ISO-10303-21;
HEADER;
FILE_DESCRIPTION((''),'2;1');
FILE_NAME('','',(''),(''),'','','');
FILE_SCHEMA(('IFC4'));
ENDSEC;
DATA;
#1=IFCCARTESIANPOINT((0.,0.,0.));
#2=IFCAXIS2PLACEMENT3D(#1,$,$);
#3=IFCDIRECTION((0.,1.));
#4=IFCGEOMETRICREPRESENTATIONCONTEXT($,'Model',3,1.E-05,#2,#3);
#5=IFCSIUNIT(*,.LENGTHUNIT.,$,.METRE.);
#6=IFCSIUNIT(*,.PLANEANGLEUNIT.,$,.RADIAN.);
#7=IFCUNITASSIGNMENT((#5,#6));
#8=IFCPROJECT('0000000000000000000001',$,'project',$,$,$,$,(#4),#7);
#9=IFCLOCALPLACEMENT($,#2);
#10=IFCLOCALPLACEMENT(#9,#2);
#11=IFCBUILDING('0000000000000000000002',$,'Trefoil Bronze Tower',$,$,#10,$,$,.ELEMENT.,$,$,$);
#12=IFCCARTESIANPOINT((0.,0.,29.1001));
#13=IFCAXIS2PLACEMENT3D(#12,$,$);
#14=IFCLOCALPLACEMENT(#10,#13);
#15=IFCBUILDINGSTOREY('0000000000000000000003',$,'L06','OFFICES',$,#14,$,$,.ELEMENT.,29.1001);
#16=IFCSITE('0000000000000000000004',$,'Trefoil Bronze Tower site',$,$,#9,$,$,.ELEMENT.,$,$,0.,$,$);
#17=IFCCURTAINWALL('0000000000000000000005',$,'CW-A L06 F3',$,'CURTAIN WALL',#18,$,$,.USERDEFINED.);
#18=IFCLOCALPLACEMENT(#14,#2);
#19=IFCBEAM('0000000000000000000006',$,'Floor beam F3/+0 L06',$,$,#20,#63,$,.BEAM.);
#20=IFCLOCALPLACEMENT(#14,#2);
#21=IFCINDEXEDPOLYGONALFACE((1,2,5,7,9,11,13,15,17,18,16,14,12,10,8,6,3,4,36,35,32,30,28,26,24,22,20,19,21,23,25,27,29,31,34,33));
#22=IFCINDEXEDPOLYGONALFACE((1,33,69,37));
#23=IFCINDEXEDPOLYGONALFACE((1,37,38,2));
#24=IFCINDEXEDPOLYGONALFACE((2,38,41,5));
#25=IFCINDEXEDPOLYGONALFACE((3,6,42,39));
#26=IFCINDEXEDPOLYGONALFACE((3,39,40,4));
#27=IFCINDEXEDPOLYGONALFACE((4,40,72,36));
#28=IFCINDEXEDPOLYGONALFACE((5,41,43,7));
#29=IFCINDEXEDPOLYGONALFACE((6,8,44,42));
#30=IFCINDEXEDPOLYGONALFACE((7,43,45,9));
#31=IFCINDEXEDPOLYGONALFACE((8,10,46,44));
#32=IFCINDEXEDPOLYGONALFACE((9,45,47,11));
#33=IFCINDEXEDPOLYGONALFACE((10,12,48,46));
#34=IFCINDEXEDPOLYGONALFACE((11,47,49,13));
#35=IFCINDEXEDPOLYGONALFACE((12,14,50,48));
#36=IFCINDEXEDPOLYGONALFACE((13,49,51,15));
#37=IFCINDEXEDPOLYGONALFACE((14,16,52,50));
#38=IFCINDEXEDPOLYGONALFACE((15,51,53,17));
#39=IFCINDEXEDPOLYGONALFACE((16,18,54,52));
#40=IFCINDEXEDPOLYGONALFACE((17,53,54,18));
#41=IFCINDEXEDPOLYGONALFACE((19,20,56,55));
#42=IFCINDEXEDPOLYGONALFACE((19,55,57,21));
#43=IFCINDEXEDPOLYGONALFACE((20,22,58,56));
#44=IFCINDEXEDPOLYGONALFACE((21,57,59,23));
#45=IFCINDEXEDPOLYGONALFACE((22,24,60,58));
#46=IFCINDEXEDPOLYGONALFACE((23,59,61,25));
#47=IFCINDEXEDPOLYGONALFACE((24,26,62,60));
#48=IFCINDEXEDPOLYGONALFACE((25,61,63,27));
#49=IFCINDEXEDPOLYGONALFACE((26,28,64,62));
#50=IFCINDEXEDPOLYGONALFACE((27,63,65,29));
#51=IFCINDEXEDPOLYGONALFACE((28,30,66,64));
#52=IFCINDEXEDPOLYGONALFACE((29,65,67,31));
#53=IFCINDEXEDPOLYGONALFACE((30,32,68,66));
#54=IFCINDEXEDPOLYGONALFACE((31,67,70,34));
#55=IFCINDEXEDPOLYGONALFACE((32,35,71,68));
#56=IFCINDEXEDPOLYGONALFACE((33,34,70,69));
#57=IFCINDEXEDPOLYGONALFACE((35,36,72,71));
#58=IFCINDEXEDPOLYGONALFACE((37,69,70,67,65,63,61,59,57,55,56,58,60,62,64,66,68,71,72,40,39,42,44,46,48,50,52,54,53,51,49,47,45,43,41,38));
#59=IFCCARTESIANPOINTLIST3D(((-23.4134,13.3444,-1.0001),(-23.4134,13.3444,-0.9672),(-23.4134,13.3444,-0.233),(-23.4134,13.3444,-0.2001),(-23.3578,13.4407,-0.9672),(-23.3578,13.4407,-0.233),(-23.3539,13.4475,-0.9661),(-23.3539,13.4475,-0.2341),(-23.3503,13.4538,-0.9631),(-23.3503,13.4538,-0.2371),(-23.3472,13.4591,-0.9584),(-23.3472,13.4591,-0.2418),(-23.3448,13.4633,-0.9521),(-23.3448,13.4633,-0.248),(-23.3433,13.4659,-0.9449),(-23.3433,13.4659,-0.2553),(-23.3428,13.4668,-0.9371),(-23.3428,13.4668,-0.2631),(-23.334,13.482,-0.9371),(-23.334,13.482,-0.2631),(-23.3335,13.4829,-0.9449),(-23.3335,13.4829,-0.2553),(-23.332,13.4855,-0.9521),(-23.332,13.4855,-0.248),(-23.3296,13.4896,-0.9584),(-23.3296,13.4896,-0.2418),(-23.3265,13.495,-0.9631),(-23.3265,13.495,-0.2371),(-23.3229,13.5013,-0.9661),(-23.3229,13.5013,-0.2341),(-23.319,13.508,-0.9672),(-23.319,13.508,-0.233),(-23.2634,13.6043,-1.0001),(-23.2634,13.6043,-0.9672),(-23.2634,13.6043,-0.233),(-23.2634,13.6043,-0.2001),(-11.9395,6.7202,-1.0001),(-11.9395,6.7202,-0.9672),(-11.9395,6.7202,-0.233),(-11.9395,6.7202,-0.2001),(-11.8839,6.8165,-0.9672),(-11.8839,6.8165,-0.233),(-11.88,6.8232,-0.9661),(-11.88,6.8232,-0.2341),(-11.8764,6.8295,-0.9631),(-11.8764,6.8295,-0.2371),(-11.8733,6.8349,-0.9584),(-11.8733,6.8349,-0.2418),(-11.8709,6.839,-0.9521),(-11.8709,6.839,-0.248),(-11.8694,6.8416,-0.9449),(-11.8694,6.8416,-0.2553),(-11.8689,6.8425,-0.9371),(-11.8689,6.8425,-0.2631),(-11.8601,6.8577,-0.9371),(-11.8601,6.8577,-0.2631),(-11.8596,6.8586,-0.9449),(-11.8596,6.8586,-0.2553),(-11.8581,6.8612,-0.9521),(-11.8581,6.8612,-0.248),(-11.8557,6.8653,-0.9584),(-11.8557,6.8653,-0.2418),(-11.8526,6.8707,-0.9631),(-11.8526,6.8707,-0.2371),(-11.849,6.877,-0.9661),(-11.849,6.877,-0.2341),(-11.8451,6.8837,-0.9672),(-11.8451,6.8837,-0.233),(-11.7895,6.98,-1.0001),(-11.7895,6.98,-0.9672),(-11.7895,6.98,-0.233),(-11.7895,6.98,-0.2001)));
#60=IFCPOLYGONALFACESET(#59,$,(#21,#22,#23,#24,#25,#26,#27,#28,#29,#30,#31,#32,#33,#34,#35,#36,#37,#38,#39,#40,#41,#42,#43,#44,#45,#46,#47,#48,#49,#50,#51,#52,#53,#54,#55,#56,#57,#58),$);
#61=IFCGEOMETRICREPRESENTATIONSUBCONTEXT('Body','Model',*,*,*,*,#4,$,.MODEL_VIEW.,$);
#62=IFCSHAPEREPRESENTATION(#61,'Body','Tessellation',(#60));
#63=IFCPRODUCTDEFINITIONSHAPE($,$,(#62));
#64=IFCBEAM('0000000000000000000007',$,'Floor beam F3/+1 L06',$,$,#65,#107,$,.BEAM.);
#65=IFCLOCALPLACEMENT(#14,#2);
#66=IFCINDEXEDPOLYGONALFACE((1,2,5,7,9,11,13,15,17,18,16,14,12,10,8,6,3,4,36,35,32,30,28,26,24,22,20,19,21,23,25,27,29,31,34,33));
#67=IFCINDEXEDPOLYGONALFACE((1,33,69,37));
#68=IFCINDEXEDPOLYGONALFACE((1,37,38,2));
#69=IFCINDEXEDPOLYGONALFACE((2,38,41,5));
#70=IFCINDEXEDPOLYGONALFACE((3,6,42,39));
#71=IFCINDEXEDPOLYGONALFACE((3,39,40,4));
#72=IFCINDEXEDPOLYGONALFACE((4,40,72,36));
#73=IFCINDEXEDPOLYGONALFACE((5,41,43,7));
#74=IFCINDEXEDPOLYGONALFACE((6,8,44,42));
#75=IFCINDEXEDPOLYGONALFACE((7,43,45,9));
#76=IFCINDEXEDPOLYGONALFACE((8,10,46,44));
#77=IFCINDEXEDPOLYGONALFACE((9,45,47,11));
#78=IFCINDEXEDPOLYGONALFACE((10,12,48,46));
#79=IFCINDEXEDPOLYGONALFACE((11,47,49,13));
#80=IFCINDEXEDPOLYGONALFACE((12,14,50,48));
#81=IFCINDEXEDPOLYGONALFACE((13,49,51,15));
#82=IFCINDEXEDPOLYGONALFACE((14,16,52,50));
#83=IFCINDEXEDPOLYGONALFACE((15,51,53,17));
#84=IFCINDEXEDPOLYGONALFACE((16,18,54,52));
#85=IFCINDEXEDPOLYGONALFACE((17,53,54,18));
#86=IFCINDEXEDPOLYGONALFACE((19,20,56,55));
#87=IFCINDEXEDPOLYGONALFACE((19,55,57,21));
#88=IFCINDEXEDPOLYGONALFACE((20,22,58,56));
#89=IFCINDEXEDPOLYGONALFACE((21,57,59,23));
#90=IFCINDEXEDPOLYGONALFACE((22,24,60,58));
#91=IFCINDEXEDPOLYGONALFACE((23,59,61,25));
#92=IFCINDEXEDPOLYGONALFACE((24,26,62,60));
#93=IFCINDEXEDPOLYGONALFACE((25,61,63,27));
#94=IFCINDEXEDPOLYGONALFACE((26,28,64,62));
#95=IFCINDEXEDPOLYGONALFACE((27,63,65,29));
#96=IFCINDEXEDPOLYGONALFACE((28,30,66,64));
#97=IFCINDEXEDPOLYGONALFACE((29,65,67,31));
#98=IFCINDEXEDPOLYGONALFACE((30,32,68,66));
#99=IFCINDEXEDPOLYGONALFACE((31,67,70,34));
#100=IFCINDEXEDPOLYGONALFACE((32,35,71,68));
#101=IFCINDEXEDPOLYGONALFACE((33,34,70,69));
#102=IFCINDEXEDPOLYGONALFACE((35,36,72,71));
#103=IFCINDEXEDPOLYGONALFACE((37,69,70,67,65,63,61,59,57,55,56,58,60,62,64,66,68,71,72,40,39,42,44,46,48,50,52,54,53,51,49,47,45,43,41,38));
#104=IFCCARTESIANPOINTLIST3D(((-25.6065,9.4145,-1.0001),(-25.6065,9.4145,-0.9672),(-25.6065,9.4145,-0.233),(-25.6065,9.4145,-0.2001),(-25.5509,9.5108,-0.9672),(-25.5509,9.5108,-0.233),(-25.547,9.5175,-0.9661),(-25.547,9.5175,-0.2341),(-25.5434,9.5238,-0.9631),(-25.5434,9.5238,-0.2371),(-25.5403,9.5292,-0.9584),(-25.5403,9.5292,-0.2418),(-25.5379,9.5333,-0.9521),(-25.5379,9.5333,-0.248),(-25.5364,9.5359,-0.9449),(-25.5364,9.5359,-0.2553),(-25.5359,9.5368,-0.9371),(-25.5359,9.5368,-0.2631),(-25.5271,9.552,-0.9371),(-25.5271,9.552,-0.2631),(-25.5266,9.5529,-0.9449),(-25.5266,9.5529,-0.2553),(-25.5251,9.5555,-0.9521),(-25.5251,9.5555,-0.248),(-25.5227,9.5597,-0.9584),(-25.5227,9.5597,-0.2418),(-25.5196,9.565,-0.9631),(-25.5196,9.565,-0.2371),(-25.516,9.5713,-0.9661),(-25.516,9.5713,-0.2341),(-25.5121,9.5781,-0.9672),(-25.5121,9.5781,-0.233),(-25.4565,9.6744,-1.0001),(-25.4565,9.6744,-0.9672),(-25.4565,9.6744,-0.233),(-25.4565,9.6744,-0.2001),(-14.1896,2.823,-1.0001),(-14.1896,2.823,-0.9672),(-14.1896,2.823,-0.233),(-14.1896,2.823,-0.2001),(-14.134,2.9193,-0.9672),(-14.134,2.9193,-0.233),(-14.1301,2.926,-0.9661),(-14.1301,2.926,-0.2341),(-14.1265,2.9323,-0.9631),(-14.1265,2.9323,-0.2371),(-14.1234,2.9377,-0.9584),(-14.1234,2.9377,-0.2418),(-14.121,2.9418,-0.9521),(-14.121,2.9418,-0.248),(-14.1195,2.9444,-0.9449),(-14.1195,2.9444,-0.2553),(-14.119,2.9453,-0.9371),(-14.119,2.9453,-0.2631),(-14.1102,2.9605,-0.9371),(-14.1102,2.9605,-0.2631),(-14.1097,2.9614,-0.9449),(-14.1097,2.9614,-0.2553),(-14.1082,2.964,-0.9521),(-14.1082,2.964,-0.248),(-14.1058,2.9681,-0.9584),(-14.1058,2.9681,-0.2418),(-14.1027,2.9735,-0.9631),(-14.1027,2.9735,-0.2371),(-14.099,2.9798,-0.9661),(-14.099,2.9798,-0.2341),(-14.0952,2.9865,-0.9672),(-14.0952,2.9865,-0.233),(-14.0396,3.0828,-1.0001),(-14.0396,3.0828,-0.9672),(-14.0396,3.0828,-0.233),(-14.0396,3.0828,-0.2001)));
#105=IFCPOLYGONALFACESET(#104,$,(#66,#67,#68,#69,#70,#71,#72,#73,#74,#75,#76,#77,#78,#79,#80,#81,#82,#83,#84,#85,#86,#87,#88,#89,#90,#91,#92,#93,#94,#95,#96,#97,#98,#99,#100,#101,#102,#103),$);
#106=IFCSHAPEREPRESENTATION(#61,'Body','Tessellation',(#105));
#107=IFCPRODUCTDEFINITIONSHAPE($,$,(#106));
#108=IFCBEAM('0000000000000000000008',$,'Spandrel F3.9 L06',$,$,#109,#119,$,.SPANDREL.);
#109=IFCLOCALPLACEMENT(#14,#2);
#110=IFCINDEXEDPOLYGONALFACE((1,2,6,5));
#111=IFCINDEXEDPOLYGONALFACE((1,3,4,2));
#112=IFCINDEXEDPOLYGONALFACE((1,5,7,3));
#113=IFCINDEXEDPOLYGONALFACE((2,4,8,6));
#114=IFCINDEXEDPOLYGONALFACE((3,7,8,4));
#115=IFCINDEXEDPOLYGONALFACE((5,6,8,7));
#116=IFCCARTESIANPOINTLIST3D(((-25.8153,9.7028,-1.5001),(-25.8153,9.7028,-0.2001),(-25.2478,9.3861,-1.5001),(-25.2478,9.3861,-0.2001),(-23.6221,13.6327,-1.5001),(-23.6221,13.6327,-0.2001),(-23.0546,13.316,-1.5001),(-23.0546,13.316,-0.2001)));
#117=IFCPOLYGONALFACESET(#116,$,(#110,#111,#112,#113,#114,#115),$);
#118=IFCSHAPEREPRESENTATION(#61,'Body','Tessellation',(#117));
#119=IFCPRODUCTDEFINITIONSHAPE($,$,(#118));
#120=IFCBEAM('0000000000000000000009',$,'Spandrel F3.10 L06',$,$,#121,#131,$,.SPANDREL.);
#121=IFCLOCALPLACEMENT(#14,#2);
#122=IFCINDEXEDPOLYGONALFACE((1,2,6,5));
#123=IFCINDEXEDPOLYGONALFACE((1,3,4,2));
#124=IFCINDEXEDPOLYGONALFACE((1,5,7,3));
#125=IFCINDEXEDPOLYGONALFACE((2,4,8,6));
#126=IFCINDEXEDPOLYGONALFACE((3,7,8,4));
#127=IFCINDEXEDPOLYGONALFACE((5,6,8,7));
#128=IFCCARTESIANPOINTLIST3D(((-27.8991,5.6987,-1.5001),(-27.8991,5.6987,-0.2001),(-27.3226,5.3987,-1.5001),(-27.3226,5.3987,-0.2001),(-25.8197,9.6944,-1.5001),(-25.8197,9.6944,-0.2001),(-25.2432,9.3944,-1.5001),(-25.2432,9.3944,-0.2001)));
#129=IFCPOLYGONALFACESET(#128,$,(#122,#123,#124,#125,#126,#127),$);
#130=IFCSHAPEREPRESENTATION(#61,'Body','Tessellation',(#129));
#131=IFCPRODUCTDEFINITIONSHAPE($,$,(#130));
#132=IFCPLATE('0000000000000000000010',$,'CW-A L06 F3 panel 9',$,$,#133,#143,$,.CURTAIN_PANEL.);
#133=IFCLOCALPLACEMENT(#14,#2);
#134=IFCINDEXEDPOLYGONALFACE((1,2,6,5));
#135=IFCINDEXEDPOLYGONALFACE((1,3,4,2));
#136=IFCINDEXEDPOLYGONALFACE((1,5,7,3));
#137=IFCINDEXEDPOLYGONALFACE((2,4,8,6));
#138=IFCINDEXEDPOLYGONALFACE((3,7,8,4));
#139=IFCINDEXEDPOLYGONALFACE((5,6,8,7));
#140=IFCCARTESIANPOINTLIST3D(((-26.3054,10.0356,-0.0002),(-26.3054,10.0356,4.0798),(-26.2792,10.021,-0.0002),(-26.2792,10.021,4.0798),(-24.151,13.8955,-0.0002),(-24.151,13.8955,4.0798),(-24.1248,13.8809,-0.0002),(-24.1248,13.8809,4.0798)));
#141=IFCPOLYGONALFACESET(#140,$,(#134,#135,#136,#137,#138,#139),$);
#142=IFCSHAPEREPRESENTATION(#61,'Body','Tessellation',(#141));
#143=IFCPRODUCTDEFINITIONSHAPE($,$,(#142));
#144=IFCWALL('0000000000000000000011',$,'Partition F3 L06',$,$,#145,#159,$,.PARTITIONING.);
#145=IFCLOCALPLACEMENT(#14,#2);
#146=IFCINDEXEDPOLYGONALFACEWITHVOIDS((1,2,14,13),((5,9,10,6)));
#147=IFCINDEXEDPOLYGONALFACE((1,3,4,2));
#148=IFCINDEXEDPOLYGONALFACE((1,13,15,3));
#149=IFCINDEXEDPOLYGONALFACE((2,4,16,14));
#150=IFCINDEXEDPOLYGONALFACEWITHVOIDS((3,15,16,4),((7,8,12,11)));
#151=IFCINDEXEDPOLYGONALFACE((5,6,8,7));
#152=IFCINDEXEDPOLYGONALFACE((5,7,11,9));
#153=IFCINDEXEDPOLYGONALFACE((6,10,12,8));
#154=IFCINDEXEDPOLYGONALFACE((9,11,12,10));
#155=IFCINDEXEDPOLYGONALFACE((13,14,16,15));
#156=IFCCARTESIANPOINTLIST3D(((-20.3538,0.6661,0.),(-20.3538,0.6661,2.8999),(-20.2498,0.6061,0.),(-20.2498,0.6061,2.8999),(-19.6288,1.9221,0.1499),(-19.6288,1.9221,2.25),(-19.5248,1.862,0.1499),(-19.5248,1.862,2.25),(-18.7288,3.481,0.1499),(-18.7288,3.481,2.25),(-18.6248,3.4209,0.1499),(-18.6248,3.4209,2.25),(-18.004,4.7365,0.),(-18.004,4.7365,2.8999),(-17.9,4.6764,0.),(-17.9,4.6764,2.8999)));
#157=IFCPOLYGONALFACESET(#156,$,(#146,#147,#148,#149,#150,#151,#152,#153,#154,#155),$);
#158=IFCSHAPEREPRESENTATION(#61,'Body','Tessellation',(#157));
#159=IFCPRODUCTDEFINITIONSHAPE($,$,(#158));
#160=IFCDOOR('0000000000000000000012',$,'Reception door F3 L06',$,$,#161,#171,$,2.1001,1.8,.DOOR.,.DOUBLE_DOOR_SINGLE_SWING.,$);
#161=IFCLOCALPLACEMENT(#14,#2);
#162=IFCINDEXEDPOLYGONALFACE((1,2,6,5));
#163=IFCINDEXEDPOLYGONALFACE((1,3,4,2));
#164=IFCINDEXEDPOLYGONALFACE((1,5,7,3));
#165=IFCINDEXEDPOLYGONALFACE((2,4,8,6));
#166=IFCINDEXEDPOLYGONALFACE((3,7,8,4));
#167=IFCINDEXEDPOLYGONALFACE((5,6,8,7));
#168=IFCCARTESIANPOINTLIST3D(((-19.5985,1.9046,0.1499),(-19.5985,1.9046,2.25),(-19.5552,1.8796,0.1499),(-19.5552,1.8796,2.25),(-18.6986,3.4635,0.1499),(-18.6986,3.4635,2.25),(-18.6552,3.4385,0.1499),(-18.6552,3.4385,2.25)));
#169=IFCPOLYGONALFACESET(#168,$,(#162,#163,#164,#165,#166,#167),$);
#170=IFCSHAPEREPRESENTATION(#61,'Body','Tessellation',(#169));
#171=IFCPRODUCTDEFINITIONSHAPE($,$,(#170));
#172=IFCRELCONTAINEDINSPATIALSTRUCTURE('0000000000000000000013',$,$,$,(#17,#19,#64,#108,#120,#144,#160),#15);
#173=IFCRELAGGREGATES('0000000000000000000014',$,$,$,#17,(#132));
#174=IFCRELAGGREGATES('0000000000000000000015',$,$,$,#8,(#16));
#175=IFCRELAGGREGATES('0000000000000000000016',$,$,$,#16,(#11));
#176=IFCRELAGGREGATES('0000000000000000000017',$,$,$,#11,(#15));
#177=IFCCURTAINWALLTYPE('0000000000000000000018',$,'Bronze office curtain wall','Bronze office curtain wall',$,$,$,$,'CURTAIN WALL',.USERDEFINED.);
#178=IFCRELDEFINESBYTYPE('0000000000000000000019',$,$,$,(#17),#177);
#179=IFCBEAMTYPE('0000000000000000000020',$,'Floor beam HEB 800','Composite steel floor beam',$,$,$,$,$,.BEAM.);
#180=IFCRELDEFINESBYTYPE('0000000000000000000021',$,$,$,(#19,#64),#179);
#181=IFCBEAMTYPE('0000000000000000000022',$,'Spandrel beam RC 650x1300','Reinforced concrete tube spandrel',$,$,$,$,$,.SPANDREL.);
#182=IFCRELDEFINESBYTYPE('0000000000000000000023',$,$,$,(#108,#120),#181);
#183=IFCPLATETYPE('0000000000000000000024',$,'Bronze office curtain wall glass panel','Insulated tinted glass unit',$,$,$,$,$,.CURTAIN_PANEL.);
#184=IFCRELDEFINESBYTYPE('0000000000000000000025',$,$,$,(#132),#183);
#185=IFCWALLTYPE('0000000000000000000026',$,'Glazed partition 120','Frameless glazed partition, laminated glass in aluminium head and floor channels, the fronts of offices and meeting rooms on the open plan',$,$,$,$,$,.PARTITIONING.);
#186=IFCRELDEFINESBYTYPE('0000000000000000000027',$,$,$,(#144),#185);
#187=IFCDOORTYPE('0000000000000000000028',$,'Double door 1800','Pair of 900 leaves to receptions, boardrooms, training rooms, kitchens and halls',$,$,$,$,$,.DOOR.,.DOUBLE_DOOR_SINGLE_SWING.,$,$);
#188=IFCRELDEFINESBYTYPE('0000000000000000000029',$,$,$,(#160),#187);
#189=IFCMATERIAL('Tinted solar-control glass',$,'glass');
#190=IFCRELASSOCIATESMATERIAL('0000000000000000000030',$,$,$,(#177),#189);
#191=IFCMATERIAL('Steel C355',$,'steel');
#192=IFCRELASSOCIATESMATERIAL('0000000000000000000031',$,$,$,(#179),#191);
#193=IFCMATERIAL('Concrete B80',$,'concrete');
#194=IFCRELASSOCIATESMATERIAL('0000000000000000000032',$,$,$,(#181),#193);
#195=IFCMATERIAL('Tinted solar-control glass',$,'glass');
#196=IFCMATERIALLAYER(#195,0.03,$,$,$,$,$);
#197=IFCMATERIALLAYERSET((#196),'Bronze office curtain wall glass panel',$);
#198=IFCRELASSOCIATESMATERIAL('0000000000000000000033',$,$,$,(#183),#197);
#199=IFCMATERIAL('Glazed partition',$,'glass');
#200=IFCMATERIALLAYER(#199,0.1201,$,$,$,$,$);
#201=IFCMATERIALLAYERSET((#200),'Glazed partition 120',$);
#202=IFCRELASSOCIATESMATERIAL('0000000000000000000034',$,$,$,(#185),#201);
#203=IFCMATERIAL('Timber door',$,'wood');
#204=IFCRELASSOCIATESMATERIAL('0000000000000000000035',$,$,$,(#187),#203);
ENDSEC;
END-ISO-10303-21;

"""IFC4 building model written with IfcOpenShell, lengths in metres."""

from ifc_helpers import new_model, si_unit, direction, frame, frame_2d, origin, origin_2d, place, context, subcontext, project, spatial, rectangle, i_section, extrude, material, layer, layer_set, material_profile, profile_set, type_object, element, fill, aggregate, save


model = new_model("IFC4")

# Units and contexts
model_context = context("Model", 3, precision=1e-05, world=origin(), true_north=direction((0.0, 1.0)))
body_context = subcontext(model_context, "Body", "Model", "MODEL_VIEW")
ifc_project = project(units=[si_unit("LENGTHUNIT", "METRE"), si_unit("PLANEANGLEUNIT", "RADIAN")], contexts=[model_context])

# Site, building, storey
site_placement = place(None, origin())
site = spatial("IfcSite", under=ifc_project, at=site_placement, Name="Trefoil Bronze Tower site", CompositionType="ELEMENT", RefElevation=0.0)
building_placement = place(site_placement, origin())
building = spatial("IfcBuilding", under=site, at=building_placement, Name="Trefoil Bronze Tower", CompositionType="ELEMENT")
storey_placement = place(building_placement, frame((0.0, 0.0, 29.1001)))
storey = spatial("IfcBuildingStorey", under=building, at=storey_placement, Name="L06", Description="OFFICES", CompositionType="ELEMENT", Elevation=29.1001)

# Curtain wall
ifc_material_1 = material(Name="Tinted solar-control glass", Category="glass")
curtain_wall_type = type_object("IfcCurtainWallType", Name="Bronze office curtain wall", Description="Bronze office curtain wall", ElementType="CURTAIN WALL", PredefinedType="USERDEFINED", material=ifc_material_1)
curtain_wall_placement = place(storey_placement, origin())
curtain_wall = element("IfcCurtainWall", 1, at=curtain_wall_placement, inside=storey, type_object=curtain_wall_type, Name="CW-A L06 F3", ObjectType="CURTAIN WALL", PredefinedType="USERDEFINED")

# Beams
ifc_material_2 = material(Name="Steel C355", Category="steel")
ifc_material_profile_1 = material_profile(ifc_material_2, i_section(OverallWidth=0.3, OverallDepth=0.8, WebThickness=0.0176, FlangeThickness=0.033, FilletRadius=0.03, at=origin_2d()), Name="HEB 800")
ifc_profile_set_1 = profile_set([ifc_material_profile_1], Name="Steel C355")
beam_type_1 = type_object("IfcBeamType", Name="Floor beam HEB 800", Description="Composite steel floor beam", PredefinedType="BEAM", material=ifc_profile_set_1)
beam_1_placement = place(storey_placement, frame((-23.3384, 13.4744, -0.6001), z_axis=(0.866031, -0.49999, 0.0), x_axis=(0.49999, 0.866031, 0.0)))
element("IfcBeam", 2, at=beam_1_placement, inside=storey, type_object=beam_type_1, Name="Floor beam F3/+0 L06", PredefinedType="BEAM", context=body_context, shape_type="SweptSolid", body=[
    extrude(i_section(OverallWidth=0.3, OverallDepth=0.8, WebThickness=0.0176, FlangeThickness=0.033, FilletRadius=0.03, at=origin_2d()), origin(), (0.0, 0.0, 1.0), 13.2488),
])
beam_2_placement = place(storey_placement, frame((-25.5315, 9.5444, -0.6001), z_axis=(0.866027, -0.499997, 0.0), x_axis=(0.499997, 0.866027, 0.0)))
element("IfcBeam", 3, at=beam_2_placement, inside=storey, type_object=beam_type_1, Name="Floor beam F3/+1 L06", PredefinedType="BEAM", context=body_context, shape_type="SweptSolid", body=[
    extrude(i_section(OverallWidth=0.3, OverallDepth=0.8, WebThickness=0.0176, FlangeThickness=0.033, FilletRadius=0.03, at=origin_2d()), origin(), (0.0, 0.0, 1.0), 13.1831),
])
ifc_material_3 = material(Name="Concrete B80", Category="concrete")
ifc_material_profile_2 = material_profile(ifc_material_3, rectangle(XDim=0.6499, YDim=1.3, at=origin_2d()), Name="RC 650x1300")
ifc_profile_set_2 = profile_set([ifc_material_profile_2], Name="Concrete B80")
beam_type_2 = type_object("IfcBeamType", Name="Spandrel beam RC 650x1300", Description="Reinforced concrete tube spandrel", PredefinedType="SPANDREL", material=ifc_profile_set_2)
beam_3_placement = place(storey_placement, frame((-23.3384, 13.4744, -0.8501), z_axis=(-0.487309, -0.873229, 0.0), x_axis=(0.873229, -0.487309, 0.0)))
element("IfcBeam", 4, at=beam_3_placement, inside=storey, type_object=beam_type_2, Name="Spandrel F3.9 L06", PredefinedType="SPANDREL", context=body_context, shape_type="SweptSolid", body=[
    extrude(rectangle(XDim=0.6499, YDim=1.3, at=origin_2d()), origin(), (0.0, 0.0, 1.0), 4.5005),
])
beam_4_placement = place(storey_placement, frame((-25.5315, 9.5444, -0.8501), z_axis=(-0.461638, -0.887069, 0.0), x_axis=(0.887069, -0.461638, 0.0)))
element("IfcBeam", 5, at=beam_4_placement, inside=storey, type_object=beam_type_2, Name="Spandrel F3.10 L06", PredefinedType="SPANDREL", context=body_context, shape_type="SweptSolid", body=[
    extrude(rectangle(XDim=0.6499, YDim=1.3, at=origin_2d()), origin(), (0.0, 0.0, 1.0), 4.5044),
])

# Plate
ifc_material_4 = material(Name="Tinted solar-control glass", Category="glass")
ifc_layer_1 = layer(ifc_material_4, 0.03)
ifc_layer_set_1 = layer_set([ifc_layer_1], Name="Bronze office curtain wall glass panel")
plate_type = type_object("IfcPlateType", Name="Bronze office curtain wall glass panel", Description="Insulated tinted glass unit", PredefinedType="CURTAIN_PANEL", material=ifc_layer_set_1)
plate_placement = place(storey_placement, frame((-25.2151, 11.9583, -0.0002), z_axis=(0.0, 0.0, 1.0), x_axis=(-0.487382, -0.873189, 0.0)))
plate = element("IfcPlate", 6, at=plate_placement, type_object=plate_type, Name="CW-A L06 F3 panel 9", PredefinedType="CURTAIN_PANEL", context=body_context, shape_type="SweptSolid", body=[
    extrude(rectangle(XDim=4.4204, YDim=0.03, at=origin_2d()), origin(), (0.0, 0.0, 1.0), 4.0801),
])
aggregate(curtain_wall, [plate])

# Wall, opening, door
ifc_material_5 = material(Name="Glazed partition", Category="glass")
ifc_layer_2 = layer(ifc_material_5, 0.1201)
ifc_layer_set_2 = layer_set([ifc_layer_2], Name="Glazed partition 120")
wall_type = type_object("IfcWallType", Name="Glazed partition 120", Description="Frameless glazed partition, laminated glass in aluminium head and floor channels, the fronts of offices and meeting rooms on the open plan", PredefinedType="PARTITIONING", material=ifc_layer_set_2)
wall_1_placement = place(storey_placement, frame((-17.9519, 4.7065, 0.0), z_axis=(0.0, 0.0, 1.0), x_axis=(-0.499977, -0.866039, 0.0)))
wall_1 = element("IfcWall", 7, at=wall_1_placement, inside=storey, type_object=wall_type, Name="Partition F3 L06", PredefinedType="PARTITIONING", context=body_context, shape_type="SweptSolid", body=[
    extrude(rectangle(XDim=4.7, YDim=0.1201, at=frame_2d((2.3501, 0.0))), origin(), (0.0, 0.0, 1.0), 2.8999),
])
opening_1_placement = place(wall_1_placement, frame((1.45, 0.0, 0.1499)))
opening_1 = element("IfcOpeningElement", 8, at=opening_1_placement, cuts=wall_1, PredefinedType="OPENING", context=body_context, shape_type="SweptSolid", body=[
    extrude(rectangle(XDim=1.8, YDim=2.1001, at=frame_2d((0.8999, 1.05))), frame((0.0, 0.0701, 0.0), z_axis=(0.0, -1.0, 0.0), x_axis=(1.0, 0.0, 0.0)), (0.0, 0.0, 1.0), 0.1401),
])
ifc_material_6 = material(Name="Timber door", Category="wood")
door_type_1 = type_object("IfcDoorType", Name="Double door 1800", Description="Pair of 900 leaves to receptions, boardrooms, training rooms, kitchens and halls", OperationType="DOUBLE_DOOR_SINGLE_SWING", PredefinedType="DOOR", material=ifc_material_6)
door_1_placement = place(opening_1_placement, origin())
door_1 = element("IfcDoor", 9, at=door_1_placement, inside=storey, type_object=door_type_1, Name="Reception door F3 L06", OperationType="DOUBLE_DOOR_SINGLE_SWING", OverallHeight=2.1001, OverallWidth=1.8, PredefinedType="DOOR", context=body_context, shape_type="SweptSolid", body=[
    extrude(rectangle(XDim=1.8, YDim=2.1001, at=frame_2d((0.8999, 1.05))), frame((0.0, 0.0249, 0.0), z_axis=(0.0, -1.0, 0.0), x_axis=(1.0, 0.0, 0.0)), (0.0, 0.0, 1.0), 0.05),
])
fill(opening_1, door_1)

save(model, "model.ifc")
